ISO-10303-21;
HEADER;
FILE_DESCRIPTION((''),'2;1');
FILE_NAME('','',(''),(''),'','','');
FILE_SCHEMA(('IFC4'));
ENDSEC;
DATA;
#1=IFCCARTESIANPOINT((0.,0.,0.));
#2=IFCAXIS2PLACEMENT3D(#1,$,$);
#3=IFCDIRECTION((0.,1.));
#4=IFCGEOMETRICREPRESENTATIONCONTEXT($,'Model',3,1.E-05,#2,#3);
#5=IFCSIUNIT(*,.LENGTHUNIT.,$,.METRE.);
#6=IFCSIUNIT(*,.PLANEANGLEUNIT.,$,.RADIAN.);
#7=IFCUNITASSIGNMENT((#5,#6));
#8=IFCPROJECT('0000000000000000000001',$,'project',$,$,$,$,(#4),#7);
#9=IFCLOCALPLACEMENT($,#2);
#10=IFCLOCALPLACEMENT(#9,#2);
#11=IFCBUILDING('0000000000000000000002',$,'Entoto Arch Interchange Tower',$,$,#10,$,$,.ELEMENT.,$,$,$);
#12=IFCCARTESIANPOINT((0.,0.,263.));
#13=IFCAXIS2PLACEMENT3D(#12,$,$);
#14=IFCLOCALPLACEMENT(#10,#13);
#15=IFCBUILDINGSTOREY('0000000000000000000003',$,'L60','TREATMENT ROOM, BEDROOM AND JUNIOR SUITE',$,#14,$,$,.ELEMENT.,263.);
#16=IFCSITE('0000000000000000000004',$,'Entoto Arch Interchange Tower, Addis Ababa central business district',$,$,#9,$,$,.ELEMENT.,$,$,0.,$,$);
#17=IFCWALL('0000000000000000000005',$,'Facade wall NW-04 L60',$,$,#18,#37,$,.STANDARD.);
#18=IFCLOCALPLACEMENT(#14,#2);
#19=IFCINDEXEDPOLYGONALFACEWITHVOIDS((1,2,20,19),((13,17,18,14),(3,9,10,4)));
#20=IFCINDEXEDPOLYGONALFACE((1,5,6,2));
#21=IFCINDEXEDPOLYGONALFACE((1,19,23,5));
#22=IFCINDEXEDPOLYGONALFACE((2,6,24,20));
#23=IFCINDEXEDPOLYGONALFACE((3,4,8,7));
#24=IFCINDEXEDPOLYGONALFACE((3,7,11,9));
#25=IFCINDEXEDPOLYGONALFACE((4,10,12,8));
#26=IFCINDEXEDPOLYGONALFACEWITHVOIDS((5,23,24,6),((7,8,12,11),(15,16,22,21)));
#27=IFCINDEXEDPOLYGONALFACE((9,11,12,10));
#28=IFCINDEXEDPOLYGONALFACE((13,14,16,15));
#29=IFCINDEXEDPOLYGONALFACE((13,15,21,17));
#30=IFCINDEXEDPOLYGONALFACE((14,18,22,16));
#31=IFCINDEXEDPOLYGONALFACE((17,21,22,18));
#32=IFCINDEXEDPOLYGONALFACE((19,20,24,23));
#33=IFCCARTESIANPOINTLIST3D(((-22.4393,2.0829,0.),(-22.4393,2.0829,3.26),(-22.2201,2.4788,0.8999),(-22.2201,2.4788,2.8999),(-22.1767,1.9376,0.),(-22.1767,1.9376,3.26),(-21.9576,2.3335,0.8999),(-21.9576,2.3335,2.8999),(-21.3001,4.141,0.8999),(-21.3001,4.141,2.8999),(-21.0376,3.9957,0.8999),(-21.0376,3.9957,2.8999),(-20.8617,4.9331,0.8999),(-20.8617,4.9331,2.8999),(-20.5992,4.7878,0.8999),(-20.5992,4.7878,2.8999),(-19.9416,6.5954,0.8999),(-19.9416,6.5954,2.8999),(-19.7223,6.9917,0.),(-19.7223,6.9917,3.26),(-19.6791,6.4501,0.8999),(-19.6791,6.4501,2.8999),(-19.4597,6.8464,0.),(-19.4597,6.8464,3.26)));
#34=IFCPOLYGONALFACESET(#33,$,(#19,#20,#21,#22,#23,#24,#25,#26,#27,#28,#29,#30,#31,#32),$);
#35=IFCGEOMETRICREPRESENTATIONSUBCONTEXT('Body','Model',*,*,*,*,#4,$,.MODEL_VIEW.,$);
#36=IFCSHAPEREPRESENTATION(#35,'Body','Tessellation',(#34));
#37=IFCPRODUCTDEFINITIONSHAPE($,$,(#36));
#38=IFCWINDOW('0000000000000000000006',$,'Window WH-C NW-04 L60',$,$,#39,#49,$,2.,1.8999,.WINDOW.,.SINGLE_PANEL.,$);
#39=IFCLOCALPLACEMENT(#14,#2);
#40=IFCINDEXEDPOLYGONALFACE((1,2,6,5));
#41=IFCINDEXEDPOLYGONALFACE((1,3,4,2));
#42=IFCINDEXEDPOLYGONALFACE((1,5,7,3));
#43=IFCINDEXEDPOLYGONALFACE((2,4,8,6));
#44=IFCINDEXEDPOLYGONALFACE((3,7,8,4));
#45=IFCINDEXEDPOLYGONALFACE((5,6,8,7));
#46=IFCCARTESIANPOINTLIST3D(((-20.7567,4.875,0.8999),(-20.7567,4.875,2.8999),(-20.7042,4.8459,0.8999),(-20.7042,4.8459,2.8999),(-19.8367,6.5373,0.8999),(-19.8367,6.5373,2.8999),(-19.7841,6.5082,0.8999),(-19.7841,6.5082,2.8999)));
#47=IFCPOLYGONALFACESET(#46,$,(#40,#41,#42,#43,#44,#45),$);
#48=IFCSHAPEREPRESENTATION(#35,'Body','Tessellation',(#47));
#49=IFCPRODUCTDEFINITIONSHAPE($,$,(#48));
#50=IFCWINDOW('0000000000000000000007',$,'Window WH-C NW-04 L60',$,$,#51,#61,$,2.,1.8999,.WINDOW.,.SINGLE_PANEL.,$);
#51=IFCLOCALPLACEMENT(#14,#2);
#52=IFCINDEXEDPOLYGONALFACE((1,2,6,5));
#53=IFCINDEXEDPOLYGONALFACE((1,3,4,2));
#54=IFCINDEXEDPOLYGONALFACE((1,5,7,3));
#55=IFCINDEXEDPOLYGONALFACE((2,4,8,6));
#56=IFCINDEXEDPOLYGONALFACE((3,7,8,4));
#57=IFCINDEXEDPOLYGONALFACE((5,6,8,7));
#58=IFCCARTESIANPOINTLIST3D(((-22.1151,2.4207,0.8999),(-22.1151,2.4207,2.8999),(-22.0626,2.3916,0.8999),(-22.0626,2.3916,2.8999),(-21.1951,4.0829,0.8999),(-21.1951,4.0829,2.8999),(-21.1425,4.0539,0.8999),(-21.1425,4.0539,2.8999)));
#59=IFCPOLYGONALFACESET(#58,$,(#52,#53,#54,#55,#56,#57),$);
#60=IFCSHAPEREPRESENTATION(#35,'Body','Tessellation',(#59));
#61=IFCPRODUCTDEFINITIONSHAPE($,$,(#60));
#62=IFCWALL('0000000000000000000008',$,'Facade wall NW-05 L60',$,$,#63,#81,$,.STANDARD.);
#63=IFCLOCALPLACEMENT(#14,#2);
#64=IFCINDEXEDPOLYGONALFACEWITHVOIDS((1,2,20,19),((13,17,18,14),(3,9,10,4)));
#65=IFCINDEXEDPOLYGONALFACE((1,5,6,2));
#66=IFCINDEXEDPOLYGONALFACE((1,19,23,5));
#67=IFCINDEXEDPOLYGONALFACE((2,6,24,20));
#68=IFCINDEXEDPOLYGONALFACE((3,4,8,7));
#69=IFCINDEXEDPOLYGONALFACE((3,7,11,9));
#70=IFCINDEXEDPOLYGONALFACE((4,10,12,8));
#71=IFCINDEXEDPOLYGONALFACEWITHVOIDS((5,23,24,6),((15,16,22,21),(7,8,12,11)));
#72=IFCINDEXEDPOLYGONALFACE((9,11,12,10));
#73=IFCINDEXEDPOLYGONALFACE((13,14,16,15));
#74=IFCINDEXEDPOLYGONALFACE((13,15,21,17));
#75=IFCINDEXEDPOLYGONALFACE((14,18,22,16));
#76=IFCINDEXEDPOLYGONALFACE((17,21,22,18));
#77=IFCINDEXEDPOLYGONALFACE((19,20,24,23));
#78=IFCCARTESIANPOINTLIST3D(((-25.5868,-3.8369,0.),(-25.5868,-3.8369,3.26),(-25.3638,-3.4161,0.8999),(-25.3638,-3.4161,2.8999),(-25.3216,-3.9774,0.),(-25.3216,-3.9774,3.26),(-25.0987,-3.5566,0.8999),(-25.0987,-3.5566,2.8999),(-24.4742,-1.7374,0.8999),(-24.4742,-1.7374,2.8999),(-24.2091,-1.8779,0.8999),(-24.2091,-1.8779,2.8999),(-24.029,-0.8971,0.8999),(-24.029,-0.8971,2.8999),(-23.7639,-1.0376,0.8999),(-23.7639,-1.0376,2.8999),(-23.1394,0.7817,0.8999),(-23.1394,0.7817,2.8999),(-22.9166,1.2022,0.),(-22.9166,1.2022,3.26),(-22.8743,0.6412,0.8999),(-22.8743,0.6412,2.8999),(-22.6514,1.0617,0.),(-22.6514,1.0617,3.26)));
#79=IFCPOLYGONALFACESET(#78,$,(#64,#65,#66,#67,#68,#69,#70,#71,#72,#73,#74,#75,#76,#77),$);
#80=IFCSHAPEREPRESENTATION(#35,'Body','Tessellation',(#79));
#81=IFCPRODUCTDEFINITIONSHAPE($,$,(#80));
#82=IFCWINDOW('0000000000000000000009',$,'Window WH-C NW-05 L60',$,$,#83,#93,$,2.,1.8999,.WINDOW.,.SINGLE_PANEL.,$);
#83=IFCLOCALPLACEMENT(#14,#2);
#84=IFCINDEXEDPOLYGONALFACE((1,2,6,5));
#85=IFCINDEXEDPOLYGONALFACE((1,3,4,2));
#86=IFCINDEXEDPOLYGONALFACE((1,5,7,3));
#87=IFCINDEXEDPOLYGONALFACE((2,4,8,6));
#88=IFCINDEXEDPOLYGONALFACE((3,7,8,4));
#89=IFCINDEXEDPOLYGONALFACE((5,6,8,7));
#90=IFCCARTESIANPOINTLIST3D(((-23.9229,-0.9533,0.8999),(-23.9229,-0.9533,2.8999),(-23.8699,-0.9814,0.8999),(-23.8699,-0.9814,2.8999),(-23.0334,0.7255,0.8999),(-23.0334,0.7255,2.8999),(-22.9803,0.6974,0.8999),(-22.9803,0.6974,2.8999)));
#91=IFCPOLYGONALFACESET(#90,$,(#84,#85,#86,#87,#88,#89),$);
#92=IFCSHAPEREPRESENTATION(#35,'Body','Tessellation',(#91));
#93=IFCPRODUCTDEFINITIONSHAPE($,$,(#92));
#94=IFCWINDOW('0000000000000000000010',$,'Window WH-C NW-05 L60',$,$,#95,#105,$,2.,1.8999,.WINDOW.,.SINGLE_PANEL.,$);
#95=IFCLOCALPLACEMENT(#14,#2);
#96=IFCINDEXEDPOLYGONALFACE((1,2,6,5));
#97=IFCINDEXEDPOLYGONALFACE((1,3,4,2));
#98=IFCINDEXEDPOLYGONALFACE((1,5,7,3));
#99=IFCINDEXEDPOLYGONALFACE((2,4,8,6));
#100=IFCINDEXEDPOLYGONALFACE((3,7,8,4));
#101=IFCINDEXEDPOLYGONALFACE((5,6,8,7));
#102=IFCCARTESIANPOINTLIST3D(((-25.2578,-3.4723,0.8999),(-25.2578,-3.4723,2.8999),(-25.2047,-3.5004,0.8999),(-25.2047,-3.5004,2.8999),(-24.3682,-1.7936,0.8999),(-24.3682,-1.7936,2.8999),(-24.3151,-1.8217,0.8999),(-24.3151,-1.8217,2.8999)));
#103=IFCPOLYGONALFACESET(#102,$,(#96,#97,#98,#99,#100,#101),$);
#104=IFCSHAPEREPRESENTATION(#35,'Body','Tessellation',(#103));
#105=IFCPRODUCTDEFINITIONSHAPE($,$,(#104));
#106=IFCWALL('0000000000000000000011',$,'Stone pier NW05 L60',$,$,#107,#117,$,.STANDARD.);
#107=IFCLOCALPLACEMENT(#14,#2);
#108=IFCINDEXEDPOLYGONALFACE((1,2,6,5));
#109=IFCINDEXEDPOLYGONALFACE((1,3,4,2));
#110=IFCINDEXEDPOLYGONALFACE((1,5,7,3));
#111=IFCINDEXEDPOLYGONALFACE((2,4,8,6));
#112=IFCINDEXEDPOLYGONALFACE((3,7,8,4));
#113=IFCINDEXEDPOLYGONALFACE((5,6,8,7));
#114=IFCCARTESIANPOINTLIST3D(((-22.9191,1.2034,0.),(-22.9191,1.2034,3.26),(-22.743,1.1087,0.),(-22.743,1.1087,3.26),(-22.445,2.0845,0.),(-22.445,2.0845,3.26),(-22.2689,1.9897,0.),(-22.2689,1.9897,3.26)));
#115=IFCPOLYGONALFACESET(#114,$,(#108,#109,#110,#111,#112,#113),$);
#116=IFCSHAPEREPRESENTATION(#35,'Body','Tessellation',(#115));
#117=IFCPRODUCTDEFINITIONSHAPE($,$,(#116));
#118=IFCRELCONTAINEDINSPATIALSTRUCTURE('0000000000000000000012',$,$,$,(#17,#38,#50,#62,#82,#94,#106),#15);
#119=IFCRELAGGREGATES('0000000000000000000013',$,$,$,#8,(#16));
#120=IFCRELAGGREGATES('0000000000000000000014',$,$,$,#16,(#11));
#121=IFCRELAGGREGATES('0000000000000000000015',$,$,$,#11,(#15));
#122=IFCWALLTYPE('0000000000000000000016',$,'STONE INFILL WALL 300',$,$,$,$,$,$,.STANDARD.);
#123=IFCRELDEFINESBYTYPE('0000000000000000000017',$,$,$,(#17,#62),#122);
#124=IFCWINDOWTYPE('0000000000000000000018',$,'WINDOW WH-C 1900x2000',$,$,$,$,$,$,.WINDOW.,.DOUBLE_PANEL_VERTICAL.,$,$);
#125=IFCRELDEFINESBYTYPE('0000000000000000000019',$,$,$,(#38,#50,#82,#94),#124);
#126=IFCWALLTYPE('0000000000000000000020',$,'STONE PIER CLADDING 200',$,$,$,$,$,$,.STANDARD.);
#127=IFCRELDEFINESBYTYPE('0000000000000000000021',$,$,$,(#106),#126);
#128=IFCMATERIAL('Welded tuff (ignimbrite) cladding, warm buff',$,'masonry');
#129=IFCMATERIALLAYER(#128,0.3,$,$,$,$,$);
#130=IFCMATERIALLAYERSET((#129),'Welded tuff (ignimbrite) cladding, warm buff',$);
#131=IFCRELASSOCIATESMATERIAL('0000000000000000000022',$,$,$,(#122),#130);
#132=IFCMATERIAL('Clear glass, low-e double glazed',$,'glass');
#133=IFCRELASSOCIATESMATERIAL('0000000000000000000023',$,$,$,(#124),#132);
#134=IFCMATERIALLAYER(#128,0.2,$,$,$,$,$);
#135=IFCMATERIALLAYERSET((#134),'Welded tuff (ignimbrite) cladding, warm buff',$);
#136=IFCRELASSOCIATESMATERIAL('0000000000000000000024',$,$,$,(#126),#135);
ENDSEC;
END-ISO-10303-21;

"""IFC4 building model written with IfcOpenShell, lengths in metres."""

from ifc_helpers import new_model, si_unit, direction, frame, frame_2d, origin, place, context, subcontext, project, spatial, rectangle, extrude, material, layer, layer_set, type_object, element, fill, save


model = new_model("IFC4")

# Units and contexts
model_context = context("Model", 3, precision=1e-05, world=origin(), true_north=direction((0.0, 1.0)))
body_context = subcontext(model_context, "Body", "Model", "MODEL_VIEW")
ifc_project = project(units=[si_unit("LENGTHUNIT", "METRE"), si_unit("PLANEANGLEUNIT", "RADIAN")], contexts=[model_context])

# Site, building, storey
site_placement = place(None, origin())
site = spatial("IfcSite", under=ifc_project, at=site_placement, Name="Entoto Arch Interchange Tower, Addis Ababa central business district", CompositionType="ELEMENT", RefElevation=0.0)
building_placement = place(site_placement, origin())
building = spatial("IfcBuilding", under=site, at=building_placement, Name="Entoto Arch Interchange Tower", CompositionType="ELEMENT")
storey_placement = place(building_placement, frame((0.0, 0.0, 263.0)))
storey = spatial("IfcBuildingStorey", under=building, at=storey_placement, Name="L60", Description="TREATMENT ROOM, BEDROOM AND JUNIOR SUITE", CompositionType="ELEMENT", Elevation=263.0)

# Walls, openings, windows
ifc_material_1 = material(Name="Welded tuff (ignimbrite) cladding, warm buff", Category="masonry")
ifc_layer_1 = layer(ifc_material_1, 0.3)
ifc_layer_set_1 = layer_set([ifc_layer_1], Name="Welded tuff (ignimbrite) cladding, warm buff")
wall_type_1 = type_object("IfcWallType", Name="STONE INFILL WALL 300", PredefinedType="STANDARD", material=ifc_layer_set_1)
wall_1_placement = place(storey_placement, frame((-19.5911, 6.9189, 0.0), z_axis=(0.0, 0.0, 1.0), x_axis=(-0.484261, -0.874924, 0.0)))
wall_1 = element("IfcWall", 1, at=wall_1_placement, inside=storey, type_object=wall_type_1, Name="Facade wall NW-04 L60", PredefinedType="STANDARD", context=body_context, shape_type="SweptSolid", body=[
    extrude(rectangle(XDim=5.6106, YDim=0.3, at=frame_2d((2.8052, 0.0))), origin(), (0.0, 0.0, 1.0), 3.26),
])
opening_1_placement = place(wall_1_placement, frame((0.4529, 0.0, 0.8999)))
opening_1 = element("IfcOpeningElement", 2, at=opening_1_placement, cuts=wall_1, PredefinedType="OPENING", context=body_context, shape_type="SweptSolid", body=[
    extrude(rectangle(XDim=1.8999, YDim=2.0, at=frame_2d((0.95, 1.0))), frame((0.0, 0.1602, 0.0), z_axis=(0.0, -1.0, 0.0), x_axis=(1.0, 0.0, 0.0)), (0.0, 0.0, 1.0), 0.3201),
])
opening_2_placement = place(wall_1_placement, frame((3.2581, 0.0, 0.8999)))
opening_2 = element("IfcOpeningElement", 3, at=opening_2_placement, cuts=wall_1, PredefinedType="OPENING", context=body_context, shape_type="SweptSolid", body=[
    extrude(rectangle(XDim=1.8999, YDim=2.0, at=frame_2d((0.95, 1.0))), frame((0.0, 0.1602, 0.0), z_axis=(0.0, -1.0, 0.0), x_axis=(1.0, 0.0, 0.0)), (0.0, 0.0, 1.0), 0.3201),
])
ifc_material_2 = material(Name="Clear glass, low-e double glazed", Category="glass")
window_type = type_object("IfcWindowType", Name="WINDOW WH-C 1900x2000", PartitioningType="DOUBLE_PANEL_VERTICAL", PredefinedType="WINDOW", material=ifc_material_2)
window_1_placement = place(opening_1_placement, origin())
window_1 = element("IfcWindow", 4, at=window_1_placement, inside=storey, type_object=window_type, Name="Window WH-C NW-04 L60", OverallHeight=2.0, OverallWidth=1.8999, PartitioningType="SINGLE_PANEL", PredefinedType="WINDOW", context=body_context, shape_type="SweptSolid", body=[
    extrude(rectangle(XDim=1.8999, YDim=2.0, at=frame_2d((0.95, 1.0))), frame((0.0, 0.03, 0.0), z_axis=(0.0, -1.0, 0.0), x_axis=(1.0, 0.0, 0.0)), (0.0, 0.0, 1.0), 0.0601),
])
fill(opening_1, window_1)
window_2_placement = place(opening_2_placement, origin())
window_2 = element("IfcWindow", 5, at=window_2_placement, inside=storey, type_object=window_type, Name="Window WH-C NW-04 L60", OverallHeight=2.0, OverallWidth=1.8999, PartitioningType="SINGLE_PANEL", PredefinedType="WINDOW", context=body_context, shape_type="SweptSolid", body=[
    extrude(rectangle(XDim=1.8999, YDim=2.0, at=frame_2d((0.95, 1.0))), frame((0.0, 0.03, 0.0), z_axis=(0.0, -1.0, 0.0), x_axis=(1.0, 0.0, 0.0)), (0.0, 0.0, 1.0), 0.0601),
])
fill(opening_2, window_2)
wall_2_placement = place(storey_placement, frame((-22.7839, 1.1321, 0.0), z_axis=(0.0, 0.0, 1.0), x_axis=(-0.46822, -0.883612, 0.0)))
wall_2 = element("IfcWall", 6, at=wall_2_placement, inside=storey, type_object=wall_type_1, Name="Facade wall NW-05 L60", PredefinedType="STANDARD", context=body_context, shape_type="SweptSolid", body=[
    extrude(rectangle(XDim=5.7029, YDim=0.3, at=frame_2d((2.8516, 0.0))), origin(), (0.0, 0.0, 1.0), 3.26),
])
opening_3_placement = place(wall_2_placement, frame((0.4761, 0.0, 0.8999)))
opening_3 = element("IfcOpeningElement", 7, at=opening_3_placement, cuts=wall_2, PredefinedType="OPENING", context=body_context, shape_type="SweptSolid", body=[
    extrude(rectangle(XDim=1.8999, YDim=2.0, at=frame_2d((0.95, 1.0))), frame((0.0, 0.1602, 0.0), z_axis=(0.0, -1.0, 0.0), x_axis=(1.0, 0.0, 0.0)), (0.0, 0.0, 1.0), 0.3201),
])
opening_4_placement = place(wall_2_placement, frame((3.3269, 0.0, 0.8999)))
opening_4 = element("IfcOpeningElement", 8, at=opening_4_placement, cuts=wall_2, PredefinedType="OPENING", context=body_context, shape_type="SweptSolid", body=[
    extrude(rectangle(XDim=1.8999, YDim=2.0, at=frame_2d((0.95, 1.0))), frame((0.0, 0.1602, 0.0), z_axis=(0.0, -1.0, 0.0), x_axis=(1.0, 0.0, 0.0)), (0.0, 0.0, 1.0), 0.3201),
])
window_3_placement = place(opening_3_placement, origin())
window_3 = element("IfcWindow", 9, at=window_3_placement, inside=storey, type_object=window_type, Name="Window WH-C NW-05 L60", OverallHeight=2.0, OverallWidth=1.8999, PartitioningType="SINGLE_PANEL", PredefinedType="WINDOW", context=body_context, shape_type="SweptSolid", body=[
    extrude(rectangle(XDim=1.8999, YDim=2.0, at=frame_2d((0.95, 1.0))), frame((0.0, 0.03, 0.0), z_axis=(0.0, -1.0, 0.0), x_axis=(1.0, 0.0, 0.0)), (0.0, 0.0, 1.0), 0.0601),
])
fill(opening_3, window_3)
window_4_placement = place(opening_4_placement, origin())
window_4 = element("IfcWindow", 10, at=window_4_placement, inside=storey, type_object=window_type, Name="Window WH-C NW-05 L60", OverallHeight=2.0, OverallWidth=1.8999, PartitioningType="SINGLE_PANEL", PredefinedType="WINDOW", context=body_context, shape_type="SweptSolid", body=[
    extrude(rectangle(XDim=1.8999, YDim=2.0, at=frame_2d((0.95, 1.0))), frame((0.0, 0.03, 0.0), z_axis=(0.0, -1.0, 0.0), x_axis=(1.0, 0.0, 0.0)), (0.0, 0.0, 1.0), 0.0601),
])
fill(opening_4, window_4)

# Wall
ifc_layer_2 = layer(ifc_material_1, 0.2)
ifc_layer_set_2 = layer_set([ifc_layer_2], Name="Welded tuff (ignimbrite) cladding, warm buff")
wall_type_2 = type_object("IfcWallType", Name="STONE PIER CLADDING 200", PredefinedType="STANDARD", material=ifc_layer_set_2)
wall_3_placement = place(storey_placement, frame((-22.3569, 2.0371, 0.0), z_axis=(0.0, 0.0, 1.0), x_axis=(-0.473852, -0.880604, 0.0)))
element("IfcWall", 11, at=wall_3_placement, inside=storey, type_object=wall_type_2, Name="Stone pier NW05 L60", PredefinedType="STANDARD", context=body_context, shape_type="SweptSolid", body=[
    extrude(rectangle(XDim=1.0005, YDim=0.2, at=frame_2d((0.5002, 0.0))), origin(), (0.0, 0.0, 1.0), 3.26),
])

save(model, "model.ifc")
